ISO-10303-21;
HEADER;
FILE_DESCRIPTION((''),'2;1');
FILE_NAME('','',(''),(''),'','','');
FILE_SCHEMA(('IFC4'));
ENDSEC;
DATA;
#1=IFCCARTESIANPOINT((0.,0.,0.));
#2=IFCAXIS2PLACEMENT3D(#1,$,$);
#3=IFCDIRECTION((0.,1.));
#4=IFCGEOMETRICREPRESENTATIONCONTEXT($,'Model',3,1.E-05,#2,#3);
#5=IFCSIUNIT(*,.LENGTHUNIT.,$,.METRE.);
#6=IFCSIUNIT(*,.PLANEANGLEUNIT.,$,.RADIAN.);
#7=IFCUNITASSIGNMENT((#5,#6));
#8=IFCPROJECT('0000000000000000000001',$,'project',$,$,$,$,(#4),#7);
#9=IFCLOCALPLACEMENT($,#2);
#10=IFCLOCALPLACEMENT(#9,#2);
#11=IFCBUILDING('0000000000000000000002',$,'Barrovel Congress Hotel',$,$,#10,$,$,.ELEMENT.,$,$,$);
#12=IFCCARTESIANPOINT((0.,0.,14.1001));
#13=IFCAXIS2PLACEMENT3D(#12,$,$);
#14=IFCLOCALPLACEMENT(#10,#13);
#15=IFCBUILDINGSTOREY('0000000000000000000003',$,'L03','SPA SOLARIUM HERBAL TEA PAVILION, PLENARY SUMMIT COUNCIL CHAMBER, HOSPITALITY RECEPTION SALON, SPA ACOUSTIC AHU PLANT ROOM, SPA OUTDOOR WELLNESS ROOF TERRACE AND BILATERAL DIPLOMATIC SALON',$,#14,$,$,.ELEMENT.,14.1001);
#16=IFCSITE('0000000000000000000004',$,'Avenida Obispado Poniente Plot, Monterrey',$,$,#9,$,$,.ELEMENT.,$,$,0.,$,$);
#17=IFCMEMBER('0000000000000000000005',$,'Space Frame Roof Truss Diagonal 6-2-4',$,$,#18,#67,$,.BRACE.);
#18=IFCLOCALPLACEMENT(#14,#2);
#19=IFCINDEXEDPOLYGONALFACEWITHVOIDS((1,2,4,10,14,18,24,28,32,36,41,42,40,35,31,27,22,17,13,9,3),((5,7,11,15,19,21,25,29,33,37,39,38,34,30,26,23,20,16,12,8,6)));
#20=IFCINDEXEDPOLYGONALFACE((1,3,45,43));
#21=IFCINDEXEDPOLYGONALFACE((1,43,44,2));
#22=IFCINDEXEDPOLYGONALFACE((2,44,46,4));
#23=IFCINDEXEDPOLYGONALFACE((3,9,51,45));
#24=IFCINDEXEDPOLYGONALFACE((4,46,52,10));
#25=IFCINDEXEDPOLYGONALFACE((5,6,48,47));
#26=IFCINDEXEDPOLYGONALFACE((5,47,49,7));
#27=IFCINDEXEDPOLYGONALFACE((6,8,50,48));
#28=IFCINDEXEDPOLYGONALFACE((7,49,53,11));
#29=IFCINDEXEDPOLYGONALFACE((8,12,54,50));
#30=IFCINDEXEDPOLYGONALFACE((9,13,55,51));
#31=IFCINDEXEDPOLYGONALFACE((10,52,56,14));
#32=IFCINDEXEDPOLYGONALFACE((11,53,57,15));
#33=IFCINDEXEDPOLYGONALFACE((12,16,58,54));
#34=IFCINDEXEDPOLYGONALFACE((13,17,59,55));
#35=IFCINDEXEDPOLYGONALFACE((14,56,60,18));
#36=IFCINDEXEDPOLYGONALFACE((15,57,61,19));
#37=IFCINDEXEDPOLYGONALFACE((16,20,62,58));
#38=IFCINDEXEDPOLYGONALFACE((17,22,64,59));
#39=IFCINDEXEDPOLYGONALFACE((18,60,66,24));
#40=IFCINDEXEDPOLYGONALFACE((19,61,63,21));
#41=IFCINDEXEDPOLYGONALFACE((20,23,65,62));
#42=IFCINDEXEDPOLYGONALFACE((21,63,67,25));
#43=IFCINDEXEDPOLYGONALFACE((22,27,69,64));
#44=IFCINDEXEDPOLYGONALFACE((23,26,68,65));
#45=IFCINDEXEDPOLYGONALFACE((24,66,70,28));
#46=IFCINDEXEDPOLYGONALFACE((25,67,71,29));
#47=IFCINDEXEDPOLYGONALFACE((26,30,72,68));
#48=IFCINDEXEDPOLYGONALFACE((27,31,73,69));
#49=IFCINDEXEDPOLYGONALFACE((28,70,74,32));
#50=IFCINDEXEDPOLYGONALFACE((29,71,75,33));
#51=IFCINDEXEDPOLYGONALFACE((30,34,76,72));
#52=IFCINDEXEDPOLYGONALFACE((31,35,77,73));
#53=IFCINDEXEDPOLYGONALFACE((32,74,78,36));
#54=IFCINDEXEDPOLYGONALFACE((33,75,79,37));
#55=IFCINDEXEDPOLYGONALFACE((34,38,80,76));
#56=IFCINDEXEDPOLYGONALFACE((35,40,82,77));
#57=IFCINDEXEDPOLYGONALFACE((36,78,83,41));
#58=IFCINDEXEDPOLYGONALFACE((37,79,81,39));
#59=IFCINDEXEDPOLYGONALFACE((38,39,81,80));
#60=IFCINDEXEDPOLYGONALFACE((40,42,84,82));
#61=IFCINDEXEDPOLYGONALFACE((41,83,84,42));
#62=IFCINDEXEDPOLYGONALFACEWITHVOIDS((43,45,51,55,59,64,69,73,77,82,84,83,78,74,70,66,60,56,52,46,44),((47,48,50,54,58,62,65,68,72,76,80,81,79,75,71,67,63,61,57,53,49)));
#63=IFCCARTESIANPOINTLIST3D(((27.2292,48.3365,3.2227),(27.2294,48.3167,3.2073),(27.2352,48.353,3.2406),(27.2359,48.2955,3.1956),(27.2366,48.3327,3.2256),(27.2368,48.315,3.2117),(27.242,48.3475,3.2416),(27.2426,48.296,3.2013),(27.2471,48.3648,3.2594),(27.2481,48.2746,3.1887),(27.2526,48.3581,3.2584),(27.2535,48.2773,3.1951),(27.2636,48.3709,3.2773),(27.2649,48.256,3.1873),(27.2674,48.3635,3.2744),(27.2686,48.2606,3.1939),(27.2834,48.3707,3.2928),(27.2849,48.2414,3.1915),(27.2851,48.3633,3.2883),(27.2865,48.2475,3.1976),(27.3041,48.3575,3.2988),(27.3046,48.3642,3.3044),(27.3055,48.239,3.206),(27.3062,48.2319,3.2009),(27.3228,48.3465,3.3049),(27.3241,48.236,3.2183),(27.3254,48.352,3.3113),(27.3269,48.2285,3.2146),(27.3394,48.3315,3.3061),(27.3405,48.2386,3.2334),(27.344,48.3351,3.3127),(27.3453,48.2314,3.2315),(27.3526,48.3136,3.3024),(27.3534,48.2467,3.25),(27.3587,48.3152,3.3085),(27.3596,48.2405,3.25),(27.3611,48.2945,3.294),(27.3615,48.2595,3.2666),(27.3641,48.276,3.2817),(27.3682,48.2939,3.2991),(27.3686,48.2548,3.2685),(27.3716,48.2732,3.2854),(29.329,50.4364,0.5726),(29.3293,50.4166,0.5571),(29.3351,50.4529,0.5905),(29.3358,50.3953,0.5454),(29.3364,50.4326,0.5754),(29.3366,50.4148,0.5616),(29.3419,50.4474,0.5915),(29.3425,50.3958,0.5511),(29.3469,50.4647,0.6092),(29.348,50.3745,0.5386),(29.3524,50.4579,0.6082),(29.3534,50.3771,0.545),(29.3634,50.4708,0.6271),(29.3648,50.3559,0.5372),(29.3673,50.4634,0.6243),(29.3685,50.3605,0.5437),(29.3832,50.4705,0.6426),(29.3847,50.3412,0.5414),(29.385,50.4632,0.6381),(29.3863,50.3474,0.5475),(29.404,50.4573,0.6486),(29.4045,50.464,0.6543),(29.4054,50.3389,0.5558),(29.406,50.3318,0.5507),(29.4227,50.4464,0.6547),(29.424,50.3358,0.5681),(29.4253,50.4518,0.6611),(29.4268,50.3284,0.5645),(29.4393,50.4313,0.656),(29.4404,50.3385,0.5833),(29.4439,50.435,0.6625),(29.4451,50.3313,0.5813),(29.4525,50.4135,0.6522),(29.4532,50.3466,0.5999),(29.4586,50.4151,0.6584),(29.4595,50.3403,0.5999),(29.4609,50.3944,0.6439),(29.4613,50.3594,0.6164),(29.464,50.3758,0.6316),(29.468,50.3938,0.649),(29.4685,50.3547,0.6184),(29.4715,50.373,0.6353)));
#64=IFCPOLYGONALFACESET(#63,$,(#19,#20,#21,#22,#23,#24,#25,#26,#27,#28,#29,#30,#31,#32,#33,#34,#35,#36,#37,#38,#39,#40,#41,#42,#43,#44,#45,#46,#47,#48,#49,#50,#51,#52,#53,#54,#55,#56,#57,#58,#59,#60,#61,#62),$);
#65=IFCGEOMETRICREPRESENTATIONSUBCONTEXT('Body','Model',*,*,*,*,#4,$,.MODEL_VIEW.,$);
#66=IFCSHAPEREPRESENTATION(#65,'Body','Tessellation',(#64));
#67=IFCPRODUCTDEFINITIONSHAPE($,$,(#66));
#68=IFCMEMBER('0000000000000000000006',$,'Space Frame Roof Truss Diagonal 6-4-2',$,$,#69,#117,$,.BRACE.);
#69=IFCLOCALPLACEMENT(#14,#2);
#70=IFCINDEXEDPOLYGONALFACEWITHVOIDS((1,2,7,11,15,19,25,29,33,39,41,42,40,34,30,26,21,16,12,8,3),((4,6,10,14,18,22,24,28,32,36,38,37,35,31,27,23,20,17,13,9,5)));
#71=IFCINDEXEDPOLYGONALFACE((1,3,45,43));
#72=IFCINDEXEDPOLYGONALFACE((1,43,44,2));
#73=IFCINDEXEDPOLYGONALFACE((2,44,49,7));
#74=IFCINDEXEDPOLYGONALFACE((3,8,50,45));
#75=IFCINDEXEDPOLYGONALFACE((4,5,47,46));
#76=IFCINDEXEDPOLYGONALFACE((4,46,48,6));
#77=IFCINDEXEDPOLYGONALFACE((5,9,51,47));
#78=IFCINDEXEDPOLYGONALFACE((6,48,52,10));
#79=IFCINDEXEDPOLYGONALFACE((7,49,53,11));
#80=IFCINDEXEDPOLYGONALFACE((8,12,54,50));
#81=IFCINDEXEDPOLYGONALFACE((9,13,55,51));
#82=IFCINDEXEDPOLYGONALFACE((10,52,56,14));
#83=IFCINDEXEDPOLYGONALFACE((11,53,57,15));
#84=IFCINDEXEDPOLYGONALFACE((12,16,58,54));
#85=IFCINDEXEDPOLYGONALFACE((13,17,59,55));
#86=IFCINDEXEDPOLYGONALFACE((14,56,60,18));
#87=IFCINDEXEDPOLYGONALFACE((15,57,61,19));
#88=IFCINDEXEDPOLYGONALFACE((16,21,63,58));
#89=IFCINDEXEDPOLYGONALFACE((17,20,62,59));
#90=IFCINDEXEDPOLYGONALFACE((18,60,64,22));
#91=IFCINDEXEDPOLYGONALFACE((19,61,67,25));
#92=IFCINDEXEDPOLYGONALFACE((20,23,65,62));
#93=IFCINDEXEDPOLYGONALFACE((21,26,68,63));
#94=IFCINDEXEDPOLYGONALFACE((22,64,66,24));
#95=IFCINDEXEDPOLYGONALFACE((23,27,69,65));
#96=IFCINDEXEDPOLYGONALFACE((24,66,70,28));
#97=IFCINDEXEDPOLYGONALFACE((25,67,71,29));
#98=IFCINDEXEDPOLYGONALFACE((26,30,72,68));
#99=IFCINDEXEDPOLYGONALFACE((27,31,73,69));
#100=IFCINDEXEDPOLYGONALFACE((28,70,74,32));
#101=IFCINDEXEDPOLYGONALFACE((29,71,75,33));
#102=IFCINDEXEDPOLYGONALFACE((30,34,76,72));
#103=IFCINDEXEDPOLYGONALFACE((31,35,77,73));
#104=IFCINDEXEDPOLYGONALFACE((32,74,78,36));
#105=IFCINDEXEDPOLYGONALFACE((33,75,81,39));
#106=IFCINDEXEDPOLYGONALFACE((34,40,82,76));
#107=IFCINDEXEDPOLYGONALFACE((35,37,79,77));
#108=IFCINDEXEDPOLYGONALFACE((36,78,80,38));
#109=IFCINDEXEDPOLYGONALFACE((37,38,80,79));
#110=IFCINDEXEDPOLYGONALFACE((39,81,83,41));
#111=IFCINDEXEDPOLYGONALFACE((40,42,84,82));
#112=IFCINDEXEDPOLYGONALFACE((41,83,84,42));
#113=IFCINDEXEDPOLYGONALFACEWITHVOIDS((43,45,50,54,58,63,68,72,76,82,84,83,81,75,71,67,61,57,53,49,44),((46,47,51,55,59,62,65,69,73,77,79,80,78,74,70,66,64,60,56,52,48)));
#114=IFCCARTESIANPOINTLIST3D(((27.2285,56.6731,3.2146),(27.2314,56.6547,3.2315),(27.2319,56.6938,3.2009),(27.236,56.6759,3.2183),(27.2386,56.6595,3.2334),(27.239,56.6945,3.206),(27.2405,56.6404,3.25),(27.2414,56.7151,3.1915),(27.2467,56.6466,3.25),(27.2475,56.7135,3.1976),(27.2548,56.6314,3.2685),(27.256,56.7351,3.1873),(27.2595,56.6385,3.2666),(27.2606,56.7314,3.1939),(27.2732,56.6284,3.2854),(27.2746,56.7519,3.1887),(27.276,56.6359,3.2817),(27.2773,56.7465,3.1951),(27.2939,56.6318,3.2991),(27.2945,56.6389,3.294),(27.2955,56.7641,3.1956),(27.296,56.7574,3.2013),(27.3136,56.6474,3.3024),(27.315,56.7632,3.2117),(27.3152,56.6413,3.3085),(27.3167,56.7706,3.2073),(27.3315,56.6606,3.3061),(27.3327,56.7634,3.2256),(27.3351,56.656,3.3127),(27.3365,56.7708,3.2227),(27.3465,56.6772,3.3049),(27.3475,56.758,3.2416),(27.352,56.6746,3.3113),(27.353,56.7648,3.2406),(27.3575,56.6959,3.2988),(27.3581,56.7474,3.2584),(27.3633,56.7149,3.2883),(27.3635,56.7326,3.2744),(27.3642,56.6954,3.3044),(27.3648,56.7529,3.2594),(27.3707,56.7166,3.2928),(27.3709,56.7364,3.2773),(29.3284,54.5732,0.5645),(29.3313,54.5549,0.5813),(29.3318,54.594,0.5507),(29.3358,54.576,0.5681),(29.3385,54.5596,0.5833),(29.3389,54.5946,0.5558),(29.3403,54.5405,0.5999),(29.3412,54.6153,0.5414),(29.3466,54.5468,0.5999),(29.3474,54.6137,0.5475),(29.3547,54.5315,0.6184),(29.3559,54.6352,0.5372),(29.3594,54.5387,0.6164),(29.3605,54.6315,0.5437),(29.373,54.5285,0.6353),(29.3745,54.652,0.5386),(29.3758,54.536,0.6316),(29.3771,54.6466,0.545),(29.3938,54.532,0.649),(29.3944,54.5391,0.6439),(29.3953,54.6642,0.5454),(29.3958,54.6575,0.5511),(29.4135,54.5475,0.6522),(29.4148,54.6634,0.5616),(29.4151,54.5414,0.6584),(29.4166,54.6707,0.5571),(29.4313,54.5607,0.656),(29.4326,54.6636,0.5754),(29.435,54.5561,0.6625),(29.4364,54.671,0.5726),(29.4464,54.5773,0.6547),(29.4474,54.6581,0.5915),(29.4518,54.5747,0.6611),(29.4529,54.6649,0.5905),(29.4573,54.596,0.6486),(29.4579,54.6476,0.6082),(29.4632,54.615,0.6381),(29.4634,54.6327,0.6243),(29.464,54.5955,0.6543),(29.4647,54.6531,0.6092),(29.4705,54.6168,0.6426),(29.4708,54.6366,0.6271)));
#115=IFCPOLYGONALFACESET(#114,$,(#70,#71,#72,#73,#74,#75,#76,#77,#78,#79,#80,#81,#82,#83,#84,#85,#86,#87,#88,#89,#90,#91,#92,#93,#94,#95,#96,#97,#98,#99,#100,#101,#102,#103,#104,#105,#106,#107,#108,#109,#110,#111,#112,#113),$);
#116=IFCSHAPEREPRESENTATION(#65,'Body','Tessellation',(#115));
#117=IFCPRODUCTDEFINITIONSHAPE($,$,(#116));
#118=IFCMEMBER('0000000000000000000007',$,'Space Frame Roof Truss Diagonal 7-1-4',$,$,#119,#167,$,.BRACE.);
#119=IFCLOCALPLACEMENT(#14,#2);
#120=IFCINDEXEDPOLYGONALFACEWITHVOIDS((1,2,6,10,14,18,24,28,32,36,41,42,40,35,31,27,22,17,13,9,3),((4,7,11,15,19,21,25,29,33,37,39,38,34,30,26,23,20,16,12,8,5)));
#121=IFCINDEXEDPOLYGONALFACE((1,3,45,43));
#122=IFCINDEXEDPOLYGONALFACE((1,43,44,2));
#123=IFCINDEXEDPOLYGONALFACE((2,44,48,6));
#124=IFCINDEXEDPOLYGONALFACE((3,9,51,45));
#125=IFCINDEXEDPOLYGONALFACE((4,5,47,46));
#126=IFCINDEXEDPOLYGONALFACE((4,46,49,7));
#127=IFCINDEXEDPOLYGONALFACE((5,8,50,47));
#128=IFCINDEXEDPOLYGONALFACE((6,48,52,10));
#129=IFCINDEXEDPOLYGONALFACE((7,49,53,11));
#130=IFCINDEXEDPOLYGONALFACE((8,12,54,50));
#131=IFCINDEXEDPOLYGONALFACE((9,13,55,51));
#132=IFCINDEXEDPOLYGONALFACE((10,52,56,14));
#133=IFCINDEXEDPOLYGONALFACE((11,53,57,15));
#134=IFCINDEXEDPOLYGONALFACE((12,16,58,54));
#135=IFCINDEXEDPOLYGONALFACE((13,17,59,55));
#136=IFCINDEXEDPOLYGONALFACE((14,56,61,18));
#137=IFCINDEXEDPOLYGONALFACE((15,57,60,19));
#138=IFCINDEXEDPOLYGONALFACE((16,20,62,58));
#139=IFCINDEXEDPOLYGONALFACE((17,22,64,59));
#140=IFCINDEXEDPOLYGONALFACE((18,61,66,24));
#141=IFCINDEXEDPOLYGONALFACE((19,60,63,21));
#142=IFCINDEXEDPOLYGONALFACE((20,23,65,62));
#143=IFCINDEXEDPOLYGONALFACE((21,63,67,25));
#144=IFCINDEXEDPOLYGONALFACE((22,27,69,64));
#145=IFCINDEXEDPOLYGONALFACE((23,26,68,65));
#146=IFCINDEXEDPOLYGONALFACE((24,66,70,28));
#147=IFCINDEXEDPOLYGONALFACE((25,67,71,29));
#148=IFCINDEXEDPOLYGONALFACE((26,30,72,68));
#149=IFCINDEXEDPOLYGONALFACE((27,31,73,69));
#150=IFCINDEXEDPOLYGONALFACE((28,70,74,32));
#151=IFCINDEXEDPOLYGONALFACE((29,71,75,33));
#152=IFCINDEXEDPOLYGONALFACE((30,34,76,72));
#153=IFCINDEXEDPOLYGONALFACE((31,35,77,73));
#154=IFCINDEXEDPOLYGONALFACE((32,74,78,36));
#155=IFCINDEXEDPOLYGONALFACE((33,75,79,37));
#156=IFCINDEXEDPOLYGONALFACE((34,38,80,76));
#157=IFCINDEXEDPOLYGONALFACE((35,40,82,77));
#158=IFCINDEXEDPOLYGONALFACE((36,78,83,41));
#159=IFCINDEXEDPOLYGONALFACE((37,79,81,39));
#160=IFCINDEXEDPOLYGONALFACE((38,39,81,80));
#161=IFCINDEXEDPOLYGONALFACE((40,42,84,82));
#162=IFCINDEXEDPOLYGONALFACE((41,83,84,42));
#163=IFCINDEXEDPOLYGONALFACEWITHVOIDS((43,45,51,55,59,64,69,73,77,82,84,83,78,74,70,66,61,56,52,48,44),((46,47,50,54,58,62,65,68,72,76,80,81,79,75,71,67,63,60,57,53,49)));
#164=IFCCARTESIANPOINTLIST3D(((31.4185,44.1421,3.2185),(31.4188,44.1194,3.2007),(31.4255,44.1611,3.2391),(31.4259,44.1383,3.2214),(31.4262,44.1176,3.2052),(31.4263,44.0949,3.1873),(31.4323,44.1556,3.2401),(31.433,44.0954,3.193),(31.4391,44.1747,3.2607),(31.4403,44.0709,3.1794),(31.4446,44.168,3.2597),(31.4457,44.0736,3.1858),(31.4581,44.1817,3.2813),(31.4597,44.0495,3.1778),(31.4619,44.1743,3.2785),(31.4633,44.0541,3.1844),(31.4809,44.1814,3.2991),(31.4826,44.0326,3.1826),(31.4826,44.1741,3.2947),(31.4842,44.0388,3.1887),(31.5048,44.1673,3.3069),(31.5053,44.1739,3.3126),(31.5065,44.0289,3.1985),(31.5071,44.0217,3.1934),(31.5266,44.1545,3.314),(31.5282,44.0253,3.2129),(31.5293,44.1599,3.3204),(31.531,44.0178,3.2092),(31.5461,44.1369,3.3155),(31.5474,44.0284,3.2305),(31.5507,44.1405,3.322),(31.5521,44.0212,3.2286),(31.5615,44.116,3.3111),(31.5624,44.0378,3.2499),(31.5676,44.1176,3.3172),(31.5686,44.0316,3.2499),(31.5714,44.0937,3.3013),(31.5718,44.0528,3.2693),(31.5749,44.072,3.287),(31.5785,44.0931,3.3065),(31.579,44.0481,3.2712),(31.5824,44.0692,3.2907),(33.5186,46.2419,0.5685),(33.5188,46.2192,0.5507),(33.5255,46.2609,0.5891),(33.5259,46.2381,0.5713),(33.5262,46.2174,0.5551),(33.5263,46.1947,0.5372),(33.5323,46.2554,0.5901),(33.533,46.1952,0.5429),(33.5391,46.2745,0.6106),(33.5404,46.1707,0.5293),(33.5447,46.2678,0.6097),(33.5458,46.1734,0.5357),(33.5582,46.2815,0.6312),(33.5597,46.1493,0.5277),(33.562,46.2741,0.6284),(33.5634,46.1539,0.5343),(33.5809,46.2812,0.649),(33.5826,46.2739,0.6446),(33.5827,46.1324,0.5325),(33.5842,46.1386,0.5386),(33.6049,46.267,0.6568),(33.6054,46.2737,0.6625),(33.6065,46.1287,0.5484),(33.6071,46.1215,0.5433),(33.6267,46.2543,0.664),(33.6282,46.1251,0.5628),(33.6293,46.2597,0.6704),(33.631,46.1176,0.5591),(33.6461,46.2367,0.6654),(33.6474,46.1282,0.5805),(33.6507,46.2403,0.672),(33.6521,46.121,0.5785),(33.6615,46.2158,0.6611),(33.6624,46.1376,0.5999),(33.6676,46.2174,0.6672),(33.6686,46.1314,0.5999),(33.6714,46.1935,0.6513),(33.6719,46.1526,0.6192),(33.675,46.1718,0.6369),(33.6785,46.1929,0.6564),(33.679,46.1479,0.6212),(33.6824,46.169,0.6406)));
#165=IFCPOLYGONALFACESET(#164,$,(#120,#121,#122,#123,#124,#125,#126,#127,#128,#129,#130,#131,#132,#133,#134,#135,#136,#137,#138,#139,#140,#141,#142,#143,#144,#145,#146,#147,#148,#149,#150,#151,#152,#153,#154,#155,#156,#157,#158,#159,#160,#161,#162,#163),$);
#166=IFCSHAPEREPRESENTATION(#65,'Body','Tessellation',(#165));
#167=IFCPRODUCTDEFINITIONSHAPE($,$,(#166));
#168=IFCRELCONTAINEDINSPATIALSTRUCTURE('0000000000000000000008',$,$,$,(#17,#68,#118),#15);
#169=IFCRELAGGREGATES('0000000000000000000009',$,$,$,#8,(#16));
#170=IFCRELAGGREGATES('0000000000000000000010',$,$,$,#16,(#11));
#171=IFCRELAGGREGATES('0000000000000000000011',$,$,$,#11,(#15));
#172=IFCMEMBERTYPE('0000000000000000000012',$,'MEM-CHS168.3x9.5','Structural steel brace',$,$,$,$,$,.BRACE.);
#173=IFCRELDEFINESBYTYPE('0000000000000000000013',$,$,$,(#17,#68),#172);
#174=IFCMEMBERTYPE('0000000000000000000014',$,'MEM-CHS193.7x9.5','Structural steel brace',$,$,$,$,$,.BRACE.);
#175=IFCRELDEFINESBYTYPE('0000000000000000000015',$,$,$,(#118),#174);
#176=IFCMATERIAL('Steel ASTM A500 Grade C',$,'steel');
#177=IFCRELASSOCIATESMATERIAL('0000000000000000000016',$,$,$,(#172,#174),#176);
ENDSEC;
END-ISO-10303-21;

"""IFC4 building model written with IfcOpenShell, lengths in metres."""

from ifc_helpers import new_model, si_unit, direction, frame, origin, origin_2d, place, context, subcontext, project, spatial, hollow_circle, extrude, material, material_profile, profile_set, type_object, element, save


model = new_model("IFC4")

# Units and contexts
model_context = context("Model", 3, precision=1e-05, world=origin(), true_north=direction((0.0, 1.0)))
body_context = subcontext(model_context, "Body", "Model", "MODEL_VIEW")
ifc_project = project(units=[si_unit("LENGTHUNIT", "METRE"), si_unit("PLANEANGLEUNIT", "RADIAN")], contexts=[model_context])

# Site, building, storey
site_placement = place(None, origin())
site = spatial("IfcSite", under=ifc_project, at=site_placement, Name="Avenida Obispado Poniente Plot, Monterrey", CompositionType="ELEMENT", RefElevation=0.0)
building_placement = place(site_placement, origin())
building = spatial("IfcBuilding", under=site, at=building_placement, Name="Barrovel Congress Hotel", CompositionType="ELEMENT")
storey_placement = place(building_placement, frame((0.0, 0.0, 14.1001)))
storey = spatial("IfcBuildingStorey", under=building, at=storey_placement, Name="L03", Description="SPA SOLARIUM HERBAL TEA PAVILION, PLENARY SUMMIT COUNCIL CHAMBER, HOSPITALITY RECEPTION SALON, SPA ACOUSTIC AHU PLANT ROOM, SPA OUTDOOR WELLNESS ROOF TERRACE AND BILATERAL DIPLOMATIC SALON", CompositionType="ELEMENT", Elevation=14.1001)

# Members
ifc_material_1 = material(Name="Steel ASTM A500 Grade C", Category="steel")
ifc_material_profile_1 = material_profile(ifc_material_1, hollow_circle(Radius=0.0842, WallThickness=0.0088, at=origin_2d()), Name="CHS168.3x9.5")
ifc_profile_set_1 = profile_set([ifc_material_profile_1], Name="Steel ASTM A500 Grade C")
member_type_1 = type_object("IfcMemberType", Name="MEM-CHS168.3x9.5", Description="Structural steel brace", PredefinedType="BRACE", material=ifc_profile_set_1)
for number, where, z_axis, x_axis, name in (
    (1, (29.3999, 50.3999, 0.5999), (-0.527574, -0.527574, 0.665831), (0.707107, -0.707107, 0.0), "Space Frame Roof Truss Diagonal 6-2-4"),
    (2, (29.3999, 54.6001, 0.5999), (-0.527574, 0.527574, 0.665831), (-0.707107, -0.707107, 0.0), "Space Frame Roof Truss Diagonal 6-4-2"),
):
    element("IfcMember", number, at=place(storey_placement, frame(where, z_axis=z_axis, x_axis=x_axis)), inside=storey, type_object=member_type_1, Name=name, PredefinedType="BRACE", context=body_context, shape_type="SweptSolid", body=[
        extrude(hollow_circle(Radius=0.0842, WallThickness=0.0088, at=origin_2d()), origin(), (0.0, 0.0, 1.0), 3.9802),
    ])
ifc_material_profile_2 = material_profile(ifc_material_1, hollow_circle(Radius=0.0969, WallThickness=0.0088, at=origin_2d()), Name="CHS193.7x9.5")
ifc_profile_set_2 = profile_set([ifc_material_profile_2], Name="Steel ASTM A500 Grade C")
member_type_2 = type_object("IfcMemberType", Name="MEM-CHS193.7x9.5", Description="Structural steel brace", PredefinedType="BRACE", material=ifc_profile_set_2)
member_placement = place(storey_placement, frame((33.6001, 46.2, 0.5999), z_axis=(-0.527618, -0.527557, 0.66581), x_axis=(0.707066, -0.707148, 0.0)))
element("IfcMember", 3, at=member_placement, inside=storey, type_object=member_type_2, Name="Space Frame Roof Truss Diagonal 7-1-4", PredefinedType="BRACE", context=body_context, shape_type="SweptSolid", body=[
    extrude(hollow_circle(Radius=0.0969, WallThickness=0.0088, at=origin_2d()), origin(), (0.0, 0.0, 1.0), 3.9802),
])

save(model, "model.ifc")
